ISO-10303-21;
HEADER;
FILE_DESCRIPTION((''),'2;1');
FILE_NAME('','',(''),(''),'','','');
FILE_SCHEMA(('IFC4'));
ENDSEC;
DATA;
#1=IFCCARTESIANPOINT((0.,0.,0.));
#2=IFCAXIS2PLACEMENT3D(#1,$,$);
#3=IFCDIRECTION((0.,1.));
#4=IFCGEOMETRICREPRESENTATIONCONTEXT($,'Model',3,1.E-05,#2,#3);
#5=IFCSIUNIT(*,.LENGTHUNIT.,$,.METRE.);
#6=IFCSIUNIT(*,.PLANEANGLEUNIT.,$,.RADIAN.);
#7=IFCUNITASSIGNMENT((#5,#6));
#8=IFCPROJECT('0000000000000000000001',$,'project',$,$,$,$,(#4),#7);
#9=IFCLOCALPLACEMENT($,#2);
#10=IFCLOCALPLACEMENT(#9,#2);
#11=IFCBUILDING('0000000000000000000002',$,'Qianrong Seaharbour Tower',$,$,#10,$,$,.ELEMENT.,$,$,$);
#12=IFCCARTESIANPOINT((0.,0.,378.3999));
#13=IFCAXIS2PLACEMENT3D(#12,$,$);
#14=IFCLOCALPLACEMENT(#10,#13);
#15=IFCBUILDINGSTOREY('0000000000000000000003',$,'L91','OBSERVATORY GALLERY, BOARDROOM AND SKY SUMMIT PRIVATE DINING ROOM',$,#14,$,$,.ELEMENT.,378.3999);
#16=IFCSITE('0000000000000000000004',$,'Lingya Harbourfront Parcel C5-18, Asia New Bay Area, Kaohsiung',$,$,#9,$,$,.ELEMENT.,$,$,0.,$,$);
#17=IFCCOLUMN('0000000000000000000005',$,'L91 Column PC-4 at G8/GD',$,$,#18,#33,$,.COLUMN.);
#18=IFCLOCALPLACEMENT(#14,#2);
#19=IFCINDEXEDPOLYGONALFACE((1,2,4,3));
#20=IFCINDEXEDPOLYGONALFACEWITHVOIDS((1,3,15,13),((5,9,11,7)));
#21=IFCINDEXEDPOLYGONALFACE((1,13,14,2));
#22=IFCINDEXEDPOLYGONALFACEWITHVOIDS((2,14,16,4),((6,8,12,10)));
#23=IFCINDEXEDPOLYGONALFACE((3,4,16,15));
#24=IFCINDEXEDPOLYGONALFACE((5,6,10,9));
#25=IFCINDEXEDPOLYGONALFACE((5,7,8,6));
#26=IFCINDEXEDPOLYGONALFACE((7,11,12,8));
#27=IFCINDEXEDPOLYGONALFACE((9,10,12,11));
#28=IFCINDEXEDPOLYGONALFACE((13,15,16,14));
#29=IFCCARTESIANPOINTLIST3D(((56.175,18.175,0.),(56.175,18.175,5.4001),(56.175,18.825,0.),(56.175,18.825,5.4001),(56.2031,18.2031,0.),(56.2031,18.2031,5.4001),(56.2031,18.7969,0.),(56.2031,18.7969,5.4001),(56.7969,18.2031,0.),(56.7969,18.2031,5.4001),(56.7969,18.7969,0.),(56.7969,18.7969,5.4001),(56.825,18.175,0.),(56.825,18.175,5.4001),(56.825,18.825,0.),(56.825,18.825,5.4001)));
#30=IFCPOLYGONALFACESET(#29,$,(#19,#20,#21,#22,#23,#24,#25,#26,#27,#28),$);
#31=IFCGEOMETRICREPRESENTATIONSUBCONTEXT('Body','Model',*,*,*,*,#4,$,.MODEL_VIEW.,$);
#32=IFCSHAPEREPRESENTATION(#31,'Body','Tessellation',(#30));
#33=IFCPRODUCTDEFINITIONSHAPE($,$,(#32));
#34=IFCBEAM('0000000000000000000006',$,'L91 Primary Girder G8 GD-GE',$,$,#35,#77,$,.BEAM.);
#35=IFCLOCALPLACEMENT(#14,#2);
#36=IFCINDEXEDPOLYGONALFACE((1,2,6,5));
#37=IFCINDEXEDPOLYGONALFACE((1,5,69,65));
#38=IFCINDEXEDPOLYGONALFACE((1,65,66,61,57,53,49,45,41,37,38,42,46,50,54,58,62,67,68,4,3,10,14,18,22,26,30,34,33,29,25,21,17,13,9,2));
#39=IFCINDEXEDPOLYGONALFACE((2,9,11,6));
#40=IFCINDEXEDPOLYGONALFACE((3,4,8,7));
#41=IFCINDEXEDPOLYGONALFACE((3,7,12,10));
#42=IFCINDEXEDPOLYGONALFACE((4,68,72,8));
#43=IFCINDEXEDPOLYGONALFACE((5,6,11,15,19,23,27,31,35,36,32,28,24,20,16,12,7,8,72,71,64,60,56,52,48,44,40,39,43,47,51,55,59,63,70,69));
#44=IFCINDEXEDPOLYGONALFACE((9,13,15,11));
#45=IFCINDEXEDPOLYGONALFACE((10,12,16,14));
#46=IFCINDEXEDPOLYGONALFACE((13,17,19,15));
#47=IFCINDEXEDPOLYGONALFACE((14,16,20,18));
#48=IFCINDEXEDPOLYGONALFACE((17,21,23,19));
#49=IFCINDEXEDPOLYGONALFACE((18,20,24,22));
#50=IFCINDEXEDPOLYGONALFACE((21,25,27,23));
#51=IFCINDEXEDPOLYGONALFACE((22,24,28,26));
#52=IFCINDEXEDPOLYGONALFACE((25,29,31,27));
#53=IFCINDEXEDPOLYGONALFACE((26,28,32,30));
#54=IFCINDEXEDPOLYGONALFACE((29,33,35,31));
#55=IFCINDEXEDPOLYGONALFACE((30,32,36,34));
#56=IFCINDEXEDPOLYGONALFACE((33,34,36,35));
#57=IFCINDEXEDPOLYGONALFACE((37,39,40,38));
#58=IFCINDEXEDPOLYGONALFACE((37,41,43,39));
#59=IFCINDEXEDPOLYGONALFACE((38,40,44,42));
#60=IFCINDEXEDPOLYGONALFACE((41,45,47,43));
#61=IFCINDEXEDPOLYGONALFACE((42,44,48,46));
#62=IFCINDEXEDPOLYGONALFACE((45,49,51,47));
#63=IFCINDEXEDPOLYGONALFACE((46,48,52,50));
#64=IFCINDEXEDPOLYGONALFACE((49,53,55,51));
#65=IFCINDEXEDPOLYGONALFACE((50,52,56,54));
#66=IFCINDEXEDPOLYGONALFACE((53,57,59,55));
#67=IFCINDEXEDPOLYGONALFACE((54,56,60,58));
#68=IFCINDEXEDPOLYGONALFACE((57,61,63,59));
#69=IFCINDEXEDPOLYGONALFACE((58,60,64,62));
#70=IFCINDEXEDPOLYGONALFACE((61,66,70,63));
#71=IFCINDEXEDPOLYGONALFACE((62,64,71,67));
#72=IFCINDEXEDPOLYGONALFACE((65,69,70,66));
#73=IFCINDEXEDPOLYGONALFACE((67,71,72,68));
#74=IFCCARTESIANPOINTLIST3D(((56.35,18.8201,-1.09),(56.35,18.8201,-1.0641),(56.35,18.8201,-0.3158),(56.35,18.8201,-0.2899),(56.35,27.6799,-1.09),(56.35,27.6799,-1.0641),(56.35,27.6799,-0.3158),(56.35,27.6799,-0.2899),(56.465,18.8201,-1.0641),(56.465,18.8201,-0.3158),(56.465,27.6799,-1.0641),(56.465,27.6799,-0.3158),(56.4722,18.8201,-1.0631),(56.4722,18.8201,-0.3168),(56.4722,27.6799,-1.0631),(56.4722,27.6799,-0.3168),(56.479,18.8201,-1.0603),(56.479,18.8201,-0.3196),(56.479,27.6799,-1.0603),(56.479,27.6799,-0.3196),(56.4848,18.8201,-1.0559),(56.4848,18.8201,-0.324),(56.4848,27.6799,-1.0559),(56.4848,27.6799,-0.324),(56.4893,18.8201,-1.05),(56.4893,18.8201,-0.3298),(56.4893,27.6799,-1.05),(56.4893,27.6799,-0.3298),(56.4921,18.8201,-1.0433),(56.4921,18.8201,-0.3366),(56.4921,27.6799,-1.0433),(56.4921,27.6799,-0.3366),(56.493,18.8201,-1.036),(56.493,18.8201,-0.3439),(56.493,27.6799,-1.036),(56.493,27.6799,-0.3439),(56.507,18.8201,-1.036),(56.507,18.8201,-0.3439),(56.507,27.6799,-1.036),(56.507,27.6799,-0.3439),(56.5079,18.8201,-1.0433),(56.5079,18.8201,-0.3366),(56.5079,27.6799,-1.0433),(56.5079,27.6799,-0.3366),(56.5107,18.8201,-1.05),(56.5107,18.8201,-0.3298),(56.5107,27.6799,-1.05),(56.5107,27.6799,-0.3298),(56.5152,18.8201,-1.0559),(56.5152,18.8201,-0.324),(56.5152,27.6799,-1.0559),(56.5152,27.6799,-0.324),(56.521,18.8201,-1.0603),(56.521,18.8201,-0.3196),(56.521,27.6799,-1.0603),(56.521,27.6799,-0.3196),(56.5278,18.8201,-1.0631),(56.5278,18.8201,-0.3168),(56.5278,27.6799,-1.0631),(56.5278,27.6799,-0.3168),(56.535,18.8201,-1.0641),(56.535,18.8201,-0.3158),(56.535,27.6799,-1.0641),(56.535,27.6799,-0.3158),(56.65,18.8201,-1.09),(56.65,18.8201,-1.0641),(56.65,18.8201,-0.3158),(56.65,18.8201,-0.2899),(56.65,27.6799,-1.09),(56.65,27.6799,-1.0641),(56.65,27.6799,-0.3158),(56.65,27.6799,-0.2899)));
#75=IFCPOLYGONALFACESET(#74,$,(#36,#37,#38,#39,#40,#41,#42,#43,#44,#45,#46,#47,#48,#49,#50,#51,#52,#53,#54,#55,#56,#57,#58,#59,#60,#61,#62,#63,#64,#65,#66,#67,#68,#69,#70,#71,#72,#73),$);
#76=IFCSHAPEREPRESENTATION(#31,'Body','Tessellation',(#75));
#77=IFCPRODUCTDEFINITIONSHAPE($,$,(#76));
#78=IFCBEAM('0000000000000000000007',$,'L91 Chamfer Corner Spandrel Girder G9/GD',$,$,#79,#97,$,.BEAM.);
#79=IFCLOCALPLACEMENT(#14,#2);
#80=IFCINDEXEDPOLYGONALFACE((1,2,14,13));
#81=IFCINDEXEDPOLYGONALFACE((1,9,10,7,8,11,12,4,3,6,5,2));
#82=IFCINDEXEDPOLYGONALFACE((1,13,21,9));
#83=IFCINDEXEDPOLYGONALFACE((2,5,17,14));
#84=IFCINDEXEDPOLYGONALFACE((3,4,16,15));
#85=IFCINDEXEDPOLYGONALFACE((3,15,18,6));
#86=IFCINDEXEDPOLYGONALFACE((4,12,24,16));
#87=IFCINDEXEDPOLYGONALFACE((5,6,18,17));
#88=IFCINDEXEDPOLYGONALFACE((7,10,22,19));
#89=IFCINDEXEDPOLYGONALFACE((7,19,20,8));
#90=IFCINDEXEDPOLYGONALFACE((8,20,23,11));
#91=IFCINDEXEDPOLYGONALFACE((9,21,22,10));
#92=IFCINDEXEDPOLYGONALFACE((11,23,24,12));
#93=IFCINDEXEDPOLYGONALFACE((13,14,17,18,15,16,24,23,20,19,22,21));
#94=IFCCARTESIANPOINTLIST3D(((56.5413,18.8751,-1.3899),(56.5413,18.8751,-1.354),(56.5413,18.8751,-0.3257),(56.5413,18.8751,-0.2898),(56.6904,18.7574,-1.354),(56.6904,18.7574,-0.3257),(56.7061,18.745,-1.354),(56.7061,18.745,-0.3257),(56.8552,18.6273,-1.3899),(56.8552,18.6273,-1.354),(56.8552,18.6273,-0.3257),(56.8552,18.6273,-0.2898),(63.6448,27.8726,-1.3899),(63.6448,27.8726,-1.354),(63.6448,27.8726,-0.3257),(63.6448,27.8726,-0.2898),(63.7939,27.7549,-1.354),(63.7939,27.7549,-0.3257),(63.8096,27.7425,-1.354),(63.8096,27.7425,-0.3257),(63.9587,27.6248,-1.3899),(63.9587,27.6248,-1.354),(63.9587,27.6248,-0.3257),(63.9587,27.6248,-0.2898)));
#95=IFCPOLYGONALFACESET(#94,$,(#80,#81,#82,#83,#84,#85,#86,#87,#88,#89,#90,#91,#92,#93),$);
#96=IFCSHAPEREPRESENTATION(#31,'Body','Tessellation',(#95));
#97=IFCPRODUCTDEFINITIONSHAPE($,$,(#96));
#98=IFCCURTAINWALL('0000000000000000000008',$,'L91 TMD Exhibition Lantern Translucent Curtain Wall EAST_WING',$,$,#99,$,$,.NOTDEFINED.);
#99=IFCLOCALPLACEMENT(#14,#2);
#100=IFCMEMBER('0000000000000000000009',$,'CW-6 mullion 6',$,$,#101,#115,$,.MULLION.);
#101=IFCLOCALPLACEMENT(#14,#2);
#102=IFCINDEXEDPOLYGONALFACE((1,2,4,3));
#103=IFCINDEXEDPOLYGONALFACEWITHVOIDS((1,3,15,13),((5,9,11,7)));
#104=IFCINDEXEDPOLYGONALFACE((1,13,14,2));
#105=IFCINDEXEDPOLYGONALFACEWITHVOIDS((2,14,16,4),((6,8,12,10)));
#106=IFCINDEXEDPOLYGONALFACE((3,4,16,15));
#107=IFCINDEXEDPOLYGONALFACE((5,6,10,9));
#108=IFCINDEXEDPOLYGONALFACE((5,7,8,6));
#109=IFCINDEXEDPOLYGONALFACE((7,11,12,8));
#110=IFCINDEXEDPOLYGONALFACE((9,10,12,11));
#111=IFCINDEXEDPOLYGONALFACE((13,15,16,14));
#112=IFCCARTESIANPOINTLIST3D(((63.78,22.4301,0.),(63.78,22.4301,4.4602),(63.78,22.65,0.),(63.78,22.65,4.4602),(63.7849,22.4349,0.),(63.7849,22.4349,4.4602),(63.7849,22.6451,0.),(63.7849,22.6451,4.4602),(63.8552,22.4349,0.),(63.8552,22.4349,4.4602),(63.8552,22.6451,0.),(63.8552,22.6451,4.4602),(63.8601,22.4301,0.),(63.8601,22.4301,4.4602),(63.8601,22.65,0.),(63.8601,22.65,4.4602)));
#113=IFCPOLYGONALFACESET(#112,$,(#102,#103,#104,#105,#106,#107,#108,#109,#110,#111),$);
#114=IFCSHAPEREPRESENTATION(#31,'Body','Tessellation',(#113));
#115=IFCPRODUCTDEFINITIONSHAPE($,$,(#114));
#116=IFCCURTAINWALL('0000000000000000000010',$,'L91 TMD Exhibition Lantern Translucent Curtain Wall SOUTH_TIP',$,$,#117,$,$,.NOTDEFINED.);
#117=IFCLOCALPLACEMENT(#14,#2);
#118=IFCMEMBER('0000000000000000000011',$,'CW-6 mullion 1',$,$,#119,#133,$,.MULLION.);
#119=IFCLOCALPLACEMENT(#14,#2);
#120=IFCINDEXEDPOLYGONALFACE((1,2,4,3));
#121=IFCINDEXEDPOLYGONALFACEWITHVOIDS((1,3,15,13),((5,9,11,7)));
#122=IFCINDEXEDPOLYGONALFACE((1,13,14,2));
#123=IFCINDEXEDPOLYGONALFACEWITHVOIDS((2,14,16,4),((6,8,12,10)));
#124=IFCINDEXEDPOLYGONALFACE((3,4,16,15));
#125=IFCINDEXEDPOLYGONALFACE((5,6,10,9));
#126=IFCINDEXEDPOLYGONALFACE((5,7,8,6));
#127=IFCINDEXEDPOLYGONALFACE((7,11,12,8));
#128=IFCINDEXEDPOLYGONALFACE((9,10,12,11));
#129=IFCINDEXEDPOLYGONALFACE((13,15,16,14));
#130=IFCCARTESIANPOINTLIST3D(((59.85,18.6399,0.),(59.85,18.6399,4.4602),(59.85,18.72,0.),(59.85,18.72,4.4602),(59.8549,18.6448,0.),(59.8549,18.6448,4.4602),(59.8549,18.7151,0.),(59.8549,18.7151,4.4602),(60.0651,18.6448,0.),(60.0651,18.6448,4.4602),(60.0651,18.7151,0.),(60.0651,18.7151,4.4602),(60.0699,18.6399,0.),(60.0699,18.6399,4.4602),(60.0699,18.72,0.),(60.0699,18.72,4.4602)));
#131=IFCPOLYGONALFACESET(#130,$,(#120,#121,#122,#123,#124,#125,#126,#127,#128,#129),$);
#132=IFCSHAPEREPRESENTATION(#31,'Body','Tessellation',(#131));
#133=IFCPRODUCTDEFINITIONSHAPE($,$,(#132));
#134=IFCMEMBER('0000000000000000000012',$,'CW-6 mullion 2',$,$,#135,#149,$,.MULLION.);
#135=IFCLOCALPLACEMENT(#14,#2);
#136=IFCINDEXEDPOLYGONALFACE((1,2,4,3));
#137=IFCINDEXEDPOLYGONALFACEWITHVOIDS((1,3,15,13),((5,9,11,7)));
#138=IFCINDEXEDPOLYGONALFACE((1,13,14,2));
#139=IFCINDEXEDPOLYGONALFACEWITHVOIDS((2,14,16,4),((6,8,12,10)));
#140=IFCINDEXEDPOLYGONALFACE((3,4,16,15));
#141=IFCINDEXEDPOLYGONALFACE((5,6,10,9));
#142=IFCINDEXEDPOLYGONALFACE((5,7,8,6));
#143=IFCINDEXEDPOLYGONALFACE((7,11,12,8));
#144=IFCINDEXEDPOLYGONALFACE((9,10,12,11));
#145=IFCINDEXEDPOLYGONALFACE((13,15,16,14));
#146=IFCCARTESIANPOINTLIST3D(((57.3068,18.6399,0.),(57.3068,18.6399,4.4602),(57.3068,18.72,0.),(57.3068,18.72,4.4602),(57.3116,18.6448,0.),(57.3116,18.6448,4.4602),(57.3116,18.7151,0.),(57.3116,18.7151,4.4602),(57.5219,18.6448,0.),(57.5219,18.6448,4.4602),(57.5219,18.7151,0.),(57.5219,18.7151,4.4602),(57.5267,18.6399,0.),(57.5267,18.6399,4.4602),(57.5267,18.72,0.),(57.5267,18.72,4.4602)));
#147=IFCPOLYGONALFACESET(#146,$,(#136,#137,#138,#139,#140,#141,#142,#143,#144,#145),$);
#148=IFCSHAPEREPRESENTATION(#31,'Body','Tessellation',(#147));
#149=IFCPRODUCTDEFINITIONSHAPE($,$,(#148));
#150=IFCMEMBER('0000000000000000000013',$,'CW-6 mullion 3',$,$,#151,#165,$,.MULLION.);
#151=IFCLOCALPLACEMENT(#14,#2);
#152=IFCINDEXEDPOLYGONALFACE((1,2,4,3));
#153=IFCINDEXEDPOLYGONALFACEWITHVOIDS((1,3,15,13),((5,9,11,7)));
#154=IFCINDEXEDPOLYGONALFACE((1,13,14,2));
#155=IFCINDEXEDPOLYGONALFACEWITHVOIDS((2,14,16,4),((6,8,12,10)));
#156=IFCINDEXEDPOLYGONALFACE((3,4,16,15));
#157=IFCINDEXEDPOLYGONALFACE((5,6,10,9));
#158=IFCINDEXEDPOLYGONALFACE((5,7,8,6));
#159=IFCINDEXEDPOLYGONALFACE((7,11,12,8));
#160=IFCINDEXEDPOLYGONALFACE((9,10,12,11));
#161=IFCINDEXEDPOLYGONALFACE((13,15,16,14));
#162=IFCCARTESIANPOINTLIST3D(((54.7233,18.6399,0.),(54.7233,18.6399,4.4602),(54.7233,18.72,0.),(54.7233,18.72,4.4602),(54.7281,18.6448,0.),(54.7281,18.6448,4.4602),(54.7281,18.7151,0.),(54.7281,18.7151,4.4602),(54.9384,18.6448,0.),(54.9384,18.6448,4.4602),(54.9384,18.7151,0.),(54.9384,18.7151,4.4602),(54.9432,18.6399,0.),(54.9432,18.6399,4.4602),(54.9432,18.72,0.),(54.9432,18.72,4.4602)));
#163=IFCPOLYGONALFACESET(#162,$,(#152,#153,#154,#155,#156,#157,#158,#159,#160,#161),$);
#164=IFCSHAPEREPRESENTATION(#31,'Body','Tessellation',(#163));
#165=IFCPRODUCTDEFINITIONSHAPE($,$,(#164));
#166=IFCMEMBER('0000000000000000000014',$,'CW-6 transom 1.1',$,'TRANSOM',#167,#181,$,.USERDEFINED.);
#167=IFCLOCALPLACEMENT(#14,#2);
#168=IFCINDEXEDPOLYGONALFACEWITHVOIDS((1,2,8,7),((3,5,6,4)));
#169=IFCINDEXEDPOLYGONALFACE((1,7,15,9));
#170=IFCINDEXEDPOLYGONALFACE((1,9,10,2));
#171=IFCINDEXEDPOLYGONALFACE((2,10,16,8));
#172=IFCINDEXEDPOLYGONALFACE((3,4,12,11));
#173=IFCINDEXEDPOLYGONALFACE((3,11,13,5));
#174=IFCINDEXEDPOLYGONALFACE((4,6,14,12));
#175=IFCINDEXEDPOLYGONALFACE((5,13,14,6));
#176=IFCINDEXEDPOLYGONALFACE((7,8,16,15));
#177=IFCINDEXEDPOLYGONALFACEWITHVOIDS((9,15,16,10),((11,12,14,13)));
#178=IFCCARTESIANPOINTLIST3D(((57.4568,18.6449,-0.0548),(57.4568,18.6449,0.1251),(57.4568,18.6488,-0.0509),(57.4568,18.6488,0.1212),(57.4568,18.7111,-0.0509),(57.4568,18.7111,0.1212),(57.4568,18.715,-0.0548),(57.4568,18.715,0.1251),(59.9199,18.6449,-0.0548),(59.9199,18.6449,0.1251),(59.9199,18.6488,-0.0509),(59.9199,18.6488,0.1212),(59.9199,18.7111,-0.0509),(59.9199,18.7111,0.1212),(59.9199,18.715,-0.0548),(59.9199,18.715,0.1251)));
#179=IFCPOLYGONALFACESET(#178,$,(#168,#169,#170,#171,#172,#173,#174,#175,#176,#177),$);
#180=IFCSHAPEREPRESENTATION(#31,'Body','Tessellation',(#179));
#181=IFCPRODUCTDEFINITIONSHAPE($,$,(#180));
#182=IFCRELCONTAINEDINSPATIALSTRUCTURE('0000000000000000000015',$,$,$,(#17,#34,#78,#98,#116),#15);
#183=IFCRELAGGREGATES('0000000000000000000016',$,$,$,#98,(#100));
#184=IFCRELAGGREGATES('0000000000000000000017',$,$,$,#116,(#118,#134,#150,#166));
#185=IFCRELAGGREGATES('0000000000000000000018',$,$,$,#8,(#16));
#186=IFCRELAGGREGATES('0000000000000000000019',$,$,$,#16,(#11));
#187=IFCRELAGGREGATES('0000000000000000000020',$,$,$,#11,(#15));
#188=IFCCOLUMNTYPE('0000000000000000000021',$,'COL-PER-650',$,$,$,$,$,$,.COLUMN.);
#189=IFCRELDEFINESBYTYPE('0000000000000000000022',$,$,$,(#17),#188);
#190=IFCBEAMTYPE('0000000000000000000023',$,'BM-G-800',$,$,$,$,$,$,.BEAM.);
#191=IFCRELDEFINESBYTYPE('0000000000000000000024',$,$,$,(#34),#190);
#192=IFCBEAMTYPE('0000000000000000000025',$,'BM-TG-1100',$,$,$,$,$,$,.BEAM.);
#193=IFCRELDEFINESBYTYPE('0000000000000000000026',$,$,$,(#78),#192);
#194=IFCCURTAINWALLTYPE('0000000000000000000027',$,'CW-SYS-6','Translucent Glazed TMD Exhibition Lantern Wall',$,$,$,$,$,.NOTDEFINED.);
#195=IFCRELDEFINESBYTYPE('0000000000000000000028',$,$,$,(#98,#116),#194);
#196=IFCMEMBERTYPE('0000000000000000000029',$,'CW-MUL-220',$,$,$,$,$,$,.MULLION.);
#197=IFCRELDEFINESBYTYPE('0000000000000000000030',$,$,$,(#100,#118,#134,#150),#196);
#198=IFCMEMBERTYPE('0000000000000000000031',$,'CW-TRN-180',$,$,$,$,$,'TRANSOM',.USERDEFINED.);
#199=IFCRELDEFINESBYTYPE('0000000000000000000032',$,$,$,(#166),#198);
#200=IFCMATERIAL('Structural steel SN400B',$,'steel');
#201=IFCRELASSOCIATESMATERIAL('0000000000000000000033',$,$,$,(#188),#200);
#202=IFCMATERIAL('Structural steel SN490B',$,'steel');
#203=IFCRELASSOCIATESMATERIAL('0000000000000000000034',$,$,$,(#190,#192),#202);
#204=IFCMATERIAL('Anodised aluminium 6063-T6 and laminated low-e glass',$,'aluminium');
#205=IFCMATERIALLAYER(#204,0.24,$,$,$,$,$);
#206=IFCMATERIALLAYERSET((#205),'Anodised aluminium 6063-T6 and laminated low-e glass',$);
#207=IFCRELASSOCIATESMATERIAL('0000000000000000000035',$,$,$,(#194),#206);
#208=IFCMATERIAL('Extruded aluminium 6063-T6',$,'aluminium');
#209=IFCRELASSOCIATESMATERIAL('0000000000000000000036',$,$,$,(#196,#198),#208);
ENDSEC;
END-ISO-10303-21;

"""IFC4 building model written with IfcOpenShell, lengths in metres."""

from ifc_helpers import new_model, si_unit, direction, frame, origin, origin_2d, place, context, subcontext, project, spatial, hollow_rectangle, i_section, extrude, material, layer, layer_set, material_profile, profile_set, type_object, element, aggregate, save


model = new_model("IFC4")

# Units and contexts
model_context = context("Model", 3, precision=1e-05, world=origin(), true_north=direction((0.0, 1.0)))
body_context = subcontext(model_context, "Body", "Model", "MODEL_VIEW")
ifc_project = project(units=[si_unit("LENGTHUNIT", "METRE"), si_unit("PLANEANGLEUNIT", "RADIAN")], contexts=[model_context])

# Site, building, storey
site_placement = place(None, origin())
site = spatial("IfcSite", under=ifc_project, at=site_placement, Name="Lingya Harbourfront Parcel C5-18, Asia New Bay Area, Kaohsiung", CompositionType="ELEMENT", RefElevation=0.0)
building_placement = place(site_placement, origin())
building = spatial("IfcBuilding", under=site, at=building_placement, Name="Qianrong Seaharbour Tower", CompositionType="ELEMENT")
storey_placement = place(building_placement, frame((0.0, 0.0, 378.3999)))
storey = spatial("IfcBuildingStorey", under=building, at=storey_placement, Name="L91", Description="OBSERVATORY GALLERY, BOARDROOM AND SKY SUMMIT PRIVATE DINING ROOM", CompositionType="ELEMENT", Elevation=378.3999)

# Column
ifc_material_1 = material(Name="Structural steel SN400B", Category="steel")
ifc_material_profile_1 = material_profile(ifc_material_1, hollow_rectangle(XDim=0.6499, YDim=0.6499, WallThickness=0.0281, at=origin_2d()), Name="BOX650x650x28")
ifc_profile_set_1 = profile_set([ifc_material_profile_1], Name="Structural steel SN400B")
column_type = type_object("IfcColumnType", Name="COL-PER-650", PredefinedType="COLUMN", material=ifc_profile_set_1)
column_placement = place(storey_placement, frame((56.5, 18.5, 0.0), z_axis=(0.0, 0.0, 1.0), x_axis=(1.0, 0.0, 0.0)))
element("IfcColumn", 1, at=column_placement, inside=storey, type_object=column_type, Name="L91 Column PC-4 at G8/GD", PredefinedType="COLUMN", context=body_context, shape_type="SweptSolid", body=[
    extrude(hollow_rectangle(XDim=0.6499, YDim=0.6499, WallThickness=0.0281, at=origin_2d()), origin(), (0.0, 0.0, 1.0), 5.4001),
])

# Beams
ifc_material_2 = material(Name="Structural steel SN490B", Category="steel")
ifc_material_profile_2 = material_profile(ifc_material_2, i_section(OverallWidth=0.3, OverallDepth=0.8, WebThickness=0.0139, FlangeThickness=0.0259, FilletRadius=0.0281, at=origin_2d()), Name="H800x300x14x26")
ifc_profile_set_2 = profile_set([ifc_material_profile_2], Name="Structural steel SN490B")
beam_type_1 = type_object("IfcBeamType", Name="BM-G-800", PredefinedType="BEAM", material=ifc_profile_set_2)
beam_1_placement = place(storey_placement, frame((56.5, 18.8201, -0.6899), z_axis=(0.0, 1.0, 0.0), x_axis=(-1.0, 0.0, 0.0)))
element("IfcBeam", 2, at=beam_1_placement, inside=storey, type_object=beam_type_1, Name="L91 Primary Girder G8 GD-GE", PredefinedType="BEAM", context=body_context, shape_type="SweptSolid", body=[
    extrude(i_section(OverallWidth=0.3, OverallDepth=0.8, WebThickness=0.0139, FlangeThickness=0.0259, FilletRadius=0.0281, at=origin_2d()), origin(), (0.0, 0.0, 1.0), 8.8599),
])
ifc_material_profile_3 = material_profile(ifc_material_2, i_section(OverallWidth=0.3999, OverallDepth=1.1001, WebThickness=0.02, FlangeThickness=0.0359, at=origin_2d()), Name="BH1100x400x20x36")
ifc_profile_set_3 = profile_set([ifc_material_profile_3], Name="Structural steel SN490B")
beam_type_2 = type_object("IfcBeamType", Name="BM-TG-1100", PredefinedType="BEAM", material=ifc_profile_set_3)
beam_2_placement = place(storey_placement, frame((56.6982, 18.7512, -0.8398), z_axis=(0.619654, 0.784875, 0.0), x_axis=(-0.784875, 0.619654, 0.0)))
element("IfcBeam", 3, at=beam_2_placement, inside=storey, type_object=beam_type_2, Name="L91 Chamfer Corner Spandrel Girder G9/GD", PredefinedType="BEAM", context=body_context, shape_type="SweptSolid", body=[
    extrude(i_section(OverallWidth=0.3999, OverallDepth=1.1001, WebThickness=0.02, FlangeThickness=0.0359, at=origin_2d()), origin(), (0.0, 0.0, 1.0), 11.4636),
])

# Curtain wall, member
ifc_material_3 = material(Name="Anodised aluminium 6063-T6 and laminated low-e glass", Category="aluminium")
ifc_layer_1 = layer(ifc_material_3, 0.24)
ifc_layer_set_1 = layer_set([ifc_layer_1], Name="Anodised aluminium 6063-T6 and laminated low-e glass")
curtain_wall_type = type_object("IfcCurtainWallType", Name="CW-SYS-6", Description="Translucent Glazed TMD Exhibition Lantern Wall", PredefinedType="NOTDEFINED", material=ifc_layer_set_1)
curtain_wall_1_placement = place(storey_placement, origin())
curtain_wall_1 = element("IfcCurtainWall", 4, at=curtain_wall_1_placement, inside=storey, type_object=curtain_wall_type, Name="L91 TMD Exhibition Lantern Translucent Curtain Wall EAST_WING", PredefinedType="NOTDEFINED")
ifc_material_4 = material(Name="Extruded aluminium 6063-T6", Category="aluminium")
ifc_material_profile_4 = material_profile(ifc_material_4, hollow_rectangle(XDim=0.0801, YDim=0.22, WallThickness=0.0049, at=origin_2d()), Name="ALU-MUL-220x80x5")
ifc_profile_set_4 = profile_set([ifc_material_profile_4], Name="Extruded aluminium 6063-T6")
member_type_1 = type_object("IfcMemberType", Name="CW-MUL-220", PredefinedType="MULLION", material=ifc_profile_set_4)
member_1_placement = place(storey_placement, frame((63.8201, 22.54, 0.0), z_axis=(0.0, 0.0, 1.0), x_axis=(1.0, 0.0, 0.0)))
member_1 = element("IfcMember", 5, at=member_1_placement, type_object=member_type_1, Name="CW-6 mullion 6", PredefinedType="MULLION", context=body_context, shape_type="SweptSolid", body=[
    extrude(hollow_rectangle(XDim=0.0801, YDim=0.22, WallThickness=0.0049, at=origin_2d()), origin(), (0.0, 0.0, 1.0), 4.4602),
])

# Curtain wall, members
curtain_wall_2_placement = place(storey_placement, origin())
curtain_wall_2 = element("IfcCurtainWall", 6, at=curtain_wall_2_placement, inside=storey, type_object=curtain_wall_type, Name="L91 TMD Exhibition Lantern Translucent Curtain Wall SOUTH_TIP", PredefinedType="NOTDEFINED")
member_2_placement = place(storey_placement, frame((59.96, 18.6799, 0.0), z_axis=(0.0, 0.0, 1.0), x_axis=(0.0, -1.0, 0.0)))
member_2 = element("IfcMember", 7, at=member_2_placement, type_object=member_type_1, Name="CW-6 mullion 1", PredefinedType="MULLION", context=body_context, shape_type="SweptSolid", body=[
    extrude(hollow_rectangle(XDim=0.0801, YDim=0.22, WallThickness=0.0049, at=origin_2d()), origin(), (0.0, 0.0, 1.0), 4.4602),
])
member_3_placement = place(storey_placement, frame((57.4167, 18.6799, 0.0), z_axis=(0.0, 0.0, 1.0), x_axis=(0.0, -1.0, 0.0)))
member_3 = element("IfcMember", 8, at=member_3_placement, type_object=member_type_1, Name="CW-6 mullion 2", PredefinedType="MULLION", context=body_context, shape_type="SweptSolid", body=[
    extrude(hollow_rectangle(XDim=0.0801, YDim=0.22, WallThickness=0.0049, at=origin_2d()), origin(), (0.0, 0.0, 1.0), 4.4602),
])
member_4_placement = place(storey_placement, frame((54.8333, 18.6799, 0.0), z_axis=(0.0, 0.0, 1.0), x_axis=(0.0, -1.0, 0.0)))
member_4 = element("IfcMember", 9, at=member_4_placement, type_object=member_type_1, Name="CW-6 mullion 3", PredefinedType="MULLION", context=body_context, shape_type="SweptSolid", body=[
    extrude(hollow_rectangle(XDim=0.0801, YDim=0.22, WallThickness=0.0049, at=origin_2d()), origin(), (0.0, 0.0, 1.0), 4.4602),
])
ifc_material_profile_5 = material_profile(ifc_material_4, hollow_rectangle(XDim=0.0701, YDim=0.1799, WallThickness=0.0039, at=origin_2d()), Name="ALU-TRN-180x70x4")
ifc_profile_set_5 = profile_set([ifc_material_profile_5], Name="Extruded aluminium 6063-T6")
member_type_2 = type_object("IfcMemberType", Name="CW-TRN-180", ElementType="TRANSOM", PredefinedType="USERDEFINED", material=ifc_profile_set_5)
member_5_placement = place(storey_placement, frame((59.9199, 18.6799, 0.0352), z_axis=(-1.0, 0.0, 0.0), x_axis=(0.0, -1.0, 0.0)))
member_5 = element("IfcMember", 10, at=member_5_placement, type_object=member_type_2, Name="CW-6 transom 1.1", ObjectType="TRANSOM", PredefinedType="USERDEFINED", context=body_context, shape_type="SweptSolid", body=[
    extrude(hollow_rectangle(XDim=0.0701, YDim=0.1799, WallThickness=0.0039, at=origin_2d()), origin(), (0.0, 0.0, 1.0), 2.4631),
])

aggregate(curtain_wall_1, [member_1])
aggregate(curtain_wall_2, [member_2, member_3, member_4, member_5])

save(model, "model.ifc")
